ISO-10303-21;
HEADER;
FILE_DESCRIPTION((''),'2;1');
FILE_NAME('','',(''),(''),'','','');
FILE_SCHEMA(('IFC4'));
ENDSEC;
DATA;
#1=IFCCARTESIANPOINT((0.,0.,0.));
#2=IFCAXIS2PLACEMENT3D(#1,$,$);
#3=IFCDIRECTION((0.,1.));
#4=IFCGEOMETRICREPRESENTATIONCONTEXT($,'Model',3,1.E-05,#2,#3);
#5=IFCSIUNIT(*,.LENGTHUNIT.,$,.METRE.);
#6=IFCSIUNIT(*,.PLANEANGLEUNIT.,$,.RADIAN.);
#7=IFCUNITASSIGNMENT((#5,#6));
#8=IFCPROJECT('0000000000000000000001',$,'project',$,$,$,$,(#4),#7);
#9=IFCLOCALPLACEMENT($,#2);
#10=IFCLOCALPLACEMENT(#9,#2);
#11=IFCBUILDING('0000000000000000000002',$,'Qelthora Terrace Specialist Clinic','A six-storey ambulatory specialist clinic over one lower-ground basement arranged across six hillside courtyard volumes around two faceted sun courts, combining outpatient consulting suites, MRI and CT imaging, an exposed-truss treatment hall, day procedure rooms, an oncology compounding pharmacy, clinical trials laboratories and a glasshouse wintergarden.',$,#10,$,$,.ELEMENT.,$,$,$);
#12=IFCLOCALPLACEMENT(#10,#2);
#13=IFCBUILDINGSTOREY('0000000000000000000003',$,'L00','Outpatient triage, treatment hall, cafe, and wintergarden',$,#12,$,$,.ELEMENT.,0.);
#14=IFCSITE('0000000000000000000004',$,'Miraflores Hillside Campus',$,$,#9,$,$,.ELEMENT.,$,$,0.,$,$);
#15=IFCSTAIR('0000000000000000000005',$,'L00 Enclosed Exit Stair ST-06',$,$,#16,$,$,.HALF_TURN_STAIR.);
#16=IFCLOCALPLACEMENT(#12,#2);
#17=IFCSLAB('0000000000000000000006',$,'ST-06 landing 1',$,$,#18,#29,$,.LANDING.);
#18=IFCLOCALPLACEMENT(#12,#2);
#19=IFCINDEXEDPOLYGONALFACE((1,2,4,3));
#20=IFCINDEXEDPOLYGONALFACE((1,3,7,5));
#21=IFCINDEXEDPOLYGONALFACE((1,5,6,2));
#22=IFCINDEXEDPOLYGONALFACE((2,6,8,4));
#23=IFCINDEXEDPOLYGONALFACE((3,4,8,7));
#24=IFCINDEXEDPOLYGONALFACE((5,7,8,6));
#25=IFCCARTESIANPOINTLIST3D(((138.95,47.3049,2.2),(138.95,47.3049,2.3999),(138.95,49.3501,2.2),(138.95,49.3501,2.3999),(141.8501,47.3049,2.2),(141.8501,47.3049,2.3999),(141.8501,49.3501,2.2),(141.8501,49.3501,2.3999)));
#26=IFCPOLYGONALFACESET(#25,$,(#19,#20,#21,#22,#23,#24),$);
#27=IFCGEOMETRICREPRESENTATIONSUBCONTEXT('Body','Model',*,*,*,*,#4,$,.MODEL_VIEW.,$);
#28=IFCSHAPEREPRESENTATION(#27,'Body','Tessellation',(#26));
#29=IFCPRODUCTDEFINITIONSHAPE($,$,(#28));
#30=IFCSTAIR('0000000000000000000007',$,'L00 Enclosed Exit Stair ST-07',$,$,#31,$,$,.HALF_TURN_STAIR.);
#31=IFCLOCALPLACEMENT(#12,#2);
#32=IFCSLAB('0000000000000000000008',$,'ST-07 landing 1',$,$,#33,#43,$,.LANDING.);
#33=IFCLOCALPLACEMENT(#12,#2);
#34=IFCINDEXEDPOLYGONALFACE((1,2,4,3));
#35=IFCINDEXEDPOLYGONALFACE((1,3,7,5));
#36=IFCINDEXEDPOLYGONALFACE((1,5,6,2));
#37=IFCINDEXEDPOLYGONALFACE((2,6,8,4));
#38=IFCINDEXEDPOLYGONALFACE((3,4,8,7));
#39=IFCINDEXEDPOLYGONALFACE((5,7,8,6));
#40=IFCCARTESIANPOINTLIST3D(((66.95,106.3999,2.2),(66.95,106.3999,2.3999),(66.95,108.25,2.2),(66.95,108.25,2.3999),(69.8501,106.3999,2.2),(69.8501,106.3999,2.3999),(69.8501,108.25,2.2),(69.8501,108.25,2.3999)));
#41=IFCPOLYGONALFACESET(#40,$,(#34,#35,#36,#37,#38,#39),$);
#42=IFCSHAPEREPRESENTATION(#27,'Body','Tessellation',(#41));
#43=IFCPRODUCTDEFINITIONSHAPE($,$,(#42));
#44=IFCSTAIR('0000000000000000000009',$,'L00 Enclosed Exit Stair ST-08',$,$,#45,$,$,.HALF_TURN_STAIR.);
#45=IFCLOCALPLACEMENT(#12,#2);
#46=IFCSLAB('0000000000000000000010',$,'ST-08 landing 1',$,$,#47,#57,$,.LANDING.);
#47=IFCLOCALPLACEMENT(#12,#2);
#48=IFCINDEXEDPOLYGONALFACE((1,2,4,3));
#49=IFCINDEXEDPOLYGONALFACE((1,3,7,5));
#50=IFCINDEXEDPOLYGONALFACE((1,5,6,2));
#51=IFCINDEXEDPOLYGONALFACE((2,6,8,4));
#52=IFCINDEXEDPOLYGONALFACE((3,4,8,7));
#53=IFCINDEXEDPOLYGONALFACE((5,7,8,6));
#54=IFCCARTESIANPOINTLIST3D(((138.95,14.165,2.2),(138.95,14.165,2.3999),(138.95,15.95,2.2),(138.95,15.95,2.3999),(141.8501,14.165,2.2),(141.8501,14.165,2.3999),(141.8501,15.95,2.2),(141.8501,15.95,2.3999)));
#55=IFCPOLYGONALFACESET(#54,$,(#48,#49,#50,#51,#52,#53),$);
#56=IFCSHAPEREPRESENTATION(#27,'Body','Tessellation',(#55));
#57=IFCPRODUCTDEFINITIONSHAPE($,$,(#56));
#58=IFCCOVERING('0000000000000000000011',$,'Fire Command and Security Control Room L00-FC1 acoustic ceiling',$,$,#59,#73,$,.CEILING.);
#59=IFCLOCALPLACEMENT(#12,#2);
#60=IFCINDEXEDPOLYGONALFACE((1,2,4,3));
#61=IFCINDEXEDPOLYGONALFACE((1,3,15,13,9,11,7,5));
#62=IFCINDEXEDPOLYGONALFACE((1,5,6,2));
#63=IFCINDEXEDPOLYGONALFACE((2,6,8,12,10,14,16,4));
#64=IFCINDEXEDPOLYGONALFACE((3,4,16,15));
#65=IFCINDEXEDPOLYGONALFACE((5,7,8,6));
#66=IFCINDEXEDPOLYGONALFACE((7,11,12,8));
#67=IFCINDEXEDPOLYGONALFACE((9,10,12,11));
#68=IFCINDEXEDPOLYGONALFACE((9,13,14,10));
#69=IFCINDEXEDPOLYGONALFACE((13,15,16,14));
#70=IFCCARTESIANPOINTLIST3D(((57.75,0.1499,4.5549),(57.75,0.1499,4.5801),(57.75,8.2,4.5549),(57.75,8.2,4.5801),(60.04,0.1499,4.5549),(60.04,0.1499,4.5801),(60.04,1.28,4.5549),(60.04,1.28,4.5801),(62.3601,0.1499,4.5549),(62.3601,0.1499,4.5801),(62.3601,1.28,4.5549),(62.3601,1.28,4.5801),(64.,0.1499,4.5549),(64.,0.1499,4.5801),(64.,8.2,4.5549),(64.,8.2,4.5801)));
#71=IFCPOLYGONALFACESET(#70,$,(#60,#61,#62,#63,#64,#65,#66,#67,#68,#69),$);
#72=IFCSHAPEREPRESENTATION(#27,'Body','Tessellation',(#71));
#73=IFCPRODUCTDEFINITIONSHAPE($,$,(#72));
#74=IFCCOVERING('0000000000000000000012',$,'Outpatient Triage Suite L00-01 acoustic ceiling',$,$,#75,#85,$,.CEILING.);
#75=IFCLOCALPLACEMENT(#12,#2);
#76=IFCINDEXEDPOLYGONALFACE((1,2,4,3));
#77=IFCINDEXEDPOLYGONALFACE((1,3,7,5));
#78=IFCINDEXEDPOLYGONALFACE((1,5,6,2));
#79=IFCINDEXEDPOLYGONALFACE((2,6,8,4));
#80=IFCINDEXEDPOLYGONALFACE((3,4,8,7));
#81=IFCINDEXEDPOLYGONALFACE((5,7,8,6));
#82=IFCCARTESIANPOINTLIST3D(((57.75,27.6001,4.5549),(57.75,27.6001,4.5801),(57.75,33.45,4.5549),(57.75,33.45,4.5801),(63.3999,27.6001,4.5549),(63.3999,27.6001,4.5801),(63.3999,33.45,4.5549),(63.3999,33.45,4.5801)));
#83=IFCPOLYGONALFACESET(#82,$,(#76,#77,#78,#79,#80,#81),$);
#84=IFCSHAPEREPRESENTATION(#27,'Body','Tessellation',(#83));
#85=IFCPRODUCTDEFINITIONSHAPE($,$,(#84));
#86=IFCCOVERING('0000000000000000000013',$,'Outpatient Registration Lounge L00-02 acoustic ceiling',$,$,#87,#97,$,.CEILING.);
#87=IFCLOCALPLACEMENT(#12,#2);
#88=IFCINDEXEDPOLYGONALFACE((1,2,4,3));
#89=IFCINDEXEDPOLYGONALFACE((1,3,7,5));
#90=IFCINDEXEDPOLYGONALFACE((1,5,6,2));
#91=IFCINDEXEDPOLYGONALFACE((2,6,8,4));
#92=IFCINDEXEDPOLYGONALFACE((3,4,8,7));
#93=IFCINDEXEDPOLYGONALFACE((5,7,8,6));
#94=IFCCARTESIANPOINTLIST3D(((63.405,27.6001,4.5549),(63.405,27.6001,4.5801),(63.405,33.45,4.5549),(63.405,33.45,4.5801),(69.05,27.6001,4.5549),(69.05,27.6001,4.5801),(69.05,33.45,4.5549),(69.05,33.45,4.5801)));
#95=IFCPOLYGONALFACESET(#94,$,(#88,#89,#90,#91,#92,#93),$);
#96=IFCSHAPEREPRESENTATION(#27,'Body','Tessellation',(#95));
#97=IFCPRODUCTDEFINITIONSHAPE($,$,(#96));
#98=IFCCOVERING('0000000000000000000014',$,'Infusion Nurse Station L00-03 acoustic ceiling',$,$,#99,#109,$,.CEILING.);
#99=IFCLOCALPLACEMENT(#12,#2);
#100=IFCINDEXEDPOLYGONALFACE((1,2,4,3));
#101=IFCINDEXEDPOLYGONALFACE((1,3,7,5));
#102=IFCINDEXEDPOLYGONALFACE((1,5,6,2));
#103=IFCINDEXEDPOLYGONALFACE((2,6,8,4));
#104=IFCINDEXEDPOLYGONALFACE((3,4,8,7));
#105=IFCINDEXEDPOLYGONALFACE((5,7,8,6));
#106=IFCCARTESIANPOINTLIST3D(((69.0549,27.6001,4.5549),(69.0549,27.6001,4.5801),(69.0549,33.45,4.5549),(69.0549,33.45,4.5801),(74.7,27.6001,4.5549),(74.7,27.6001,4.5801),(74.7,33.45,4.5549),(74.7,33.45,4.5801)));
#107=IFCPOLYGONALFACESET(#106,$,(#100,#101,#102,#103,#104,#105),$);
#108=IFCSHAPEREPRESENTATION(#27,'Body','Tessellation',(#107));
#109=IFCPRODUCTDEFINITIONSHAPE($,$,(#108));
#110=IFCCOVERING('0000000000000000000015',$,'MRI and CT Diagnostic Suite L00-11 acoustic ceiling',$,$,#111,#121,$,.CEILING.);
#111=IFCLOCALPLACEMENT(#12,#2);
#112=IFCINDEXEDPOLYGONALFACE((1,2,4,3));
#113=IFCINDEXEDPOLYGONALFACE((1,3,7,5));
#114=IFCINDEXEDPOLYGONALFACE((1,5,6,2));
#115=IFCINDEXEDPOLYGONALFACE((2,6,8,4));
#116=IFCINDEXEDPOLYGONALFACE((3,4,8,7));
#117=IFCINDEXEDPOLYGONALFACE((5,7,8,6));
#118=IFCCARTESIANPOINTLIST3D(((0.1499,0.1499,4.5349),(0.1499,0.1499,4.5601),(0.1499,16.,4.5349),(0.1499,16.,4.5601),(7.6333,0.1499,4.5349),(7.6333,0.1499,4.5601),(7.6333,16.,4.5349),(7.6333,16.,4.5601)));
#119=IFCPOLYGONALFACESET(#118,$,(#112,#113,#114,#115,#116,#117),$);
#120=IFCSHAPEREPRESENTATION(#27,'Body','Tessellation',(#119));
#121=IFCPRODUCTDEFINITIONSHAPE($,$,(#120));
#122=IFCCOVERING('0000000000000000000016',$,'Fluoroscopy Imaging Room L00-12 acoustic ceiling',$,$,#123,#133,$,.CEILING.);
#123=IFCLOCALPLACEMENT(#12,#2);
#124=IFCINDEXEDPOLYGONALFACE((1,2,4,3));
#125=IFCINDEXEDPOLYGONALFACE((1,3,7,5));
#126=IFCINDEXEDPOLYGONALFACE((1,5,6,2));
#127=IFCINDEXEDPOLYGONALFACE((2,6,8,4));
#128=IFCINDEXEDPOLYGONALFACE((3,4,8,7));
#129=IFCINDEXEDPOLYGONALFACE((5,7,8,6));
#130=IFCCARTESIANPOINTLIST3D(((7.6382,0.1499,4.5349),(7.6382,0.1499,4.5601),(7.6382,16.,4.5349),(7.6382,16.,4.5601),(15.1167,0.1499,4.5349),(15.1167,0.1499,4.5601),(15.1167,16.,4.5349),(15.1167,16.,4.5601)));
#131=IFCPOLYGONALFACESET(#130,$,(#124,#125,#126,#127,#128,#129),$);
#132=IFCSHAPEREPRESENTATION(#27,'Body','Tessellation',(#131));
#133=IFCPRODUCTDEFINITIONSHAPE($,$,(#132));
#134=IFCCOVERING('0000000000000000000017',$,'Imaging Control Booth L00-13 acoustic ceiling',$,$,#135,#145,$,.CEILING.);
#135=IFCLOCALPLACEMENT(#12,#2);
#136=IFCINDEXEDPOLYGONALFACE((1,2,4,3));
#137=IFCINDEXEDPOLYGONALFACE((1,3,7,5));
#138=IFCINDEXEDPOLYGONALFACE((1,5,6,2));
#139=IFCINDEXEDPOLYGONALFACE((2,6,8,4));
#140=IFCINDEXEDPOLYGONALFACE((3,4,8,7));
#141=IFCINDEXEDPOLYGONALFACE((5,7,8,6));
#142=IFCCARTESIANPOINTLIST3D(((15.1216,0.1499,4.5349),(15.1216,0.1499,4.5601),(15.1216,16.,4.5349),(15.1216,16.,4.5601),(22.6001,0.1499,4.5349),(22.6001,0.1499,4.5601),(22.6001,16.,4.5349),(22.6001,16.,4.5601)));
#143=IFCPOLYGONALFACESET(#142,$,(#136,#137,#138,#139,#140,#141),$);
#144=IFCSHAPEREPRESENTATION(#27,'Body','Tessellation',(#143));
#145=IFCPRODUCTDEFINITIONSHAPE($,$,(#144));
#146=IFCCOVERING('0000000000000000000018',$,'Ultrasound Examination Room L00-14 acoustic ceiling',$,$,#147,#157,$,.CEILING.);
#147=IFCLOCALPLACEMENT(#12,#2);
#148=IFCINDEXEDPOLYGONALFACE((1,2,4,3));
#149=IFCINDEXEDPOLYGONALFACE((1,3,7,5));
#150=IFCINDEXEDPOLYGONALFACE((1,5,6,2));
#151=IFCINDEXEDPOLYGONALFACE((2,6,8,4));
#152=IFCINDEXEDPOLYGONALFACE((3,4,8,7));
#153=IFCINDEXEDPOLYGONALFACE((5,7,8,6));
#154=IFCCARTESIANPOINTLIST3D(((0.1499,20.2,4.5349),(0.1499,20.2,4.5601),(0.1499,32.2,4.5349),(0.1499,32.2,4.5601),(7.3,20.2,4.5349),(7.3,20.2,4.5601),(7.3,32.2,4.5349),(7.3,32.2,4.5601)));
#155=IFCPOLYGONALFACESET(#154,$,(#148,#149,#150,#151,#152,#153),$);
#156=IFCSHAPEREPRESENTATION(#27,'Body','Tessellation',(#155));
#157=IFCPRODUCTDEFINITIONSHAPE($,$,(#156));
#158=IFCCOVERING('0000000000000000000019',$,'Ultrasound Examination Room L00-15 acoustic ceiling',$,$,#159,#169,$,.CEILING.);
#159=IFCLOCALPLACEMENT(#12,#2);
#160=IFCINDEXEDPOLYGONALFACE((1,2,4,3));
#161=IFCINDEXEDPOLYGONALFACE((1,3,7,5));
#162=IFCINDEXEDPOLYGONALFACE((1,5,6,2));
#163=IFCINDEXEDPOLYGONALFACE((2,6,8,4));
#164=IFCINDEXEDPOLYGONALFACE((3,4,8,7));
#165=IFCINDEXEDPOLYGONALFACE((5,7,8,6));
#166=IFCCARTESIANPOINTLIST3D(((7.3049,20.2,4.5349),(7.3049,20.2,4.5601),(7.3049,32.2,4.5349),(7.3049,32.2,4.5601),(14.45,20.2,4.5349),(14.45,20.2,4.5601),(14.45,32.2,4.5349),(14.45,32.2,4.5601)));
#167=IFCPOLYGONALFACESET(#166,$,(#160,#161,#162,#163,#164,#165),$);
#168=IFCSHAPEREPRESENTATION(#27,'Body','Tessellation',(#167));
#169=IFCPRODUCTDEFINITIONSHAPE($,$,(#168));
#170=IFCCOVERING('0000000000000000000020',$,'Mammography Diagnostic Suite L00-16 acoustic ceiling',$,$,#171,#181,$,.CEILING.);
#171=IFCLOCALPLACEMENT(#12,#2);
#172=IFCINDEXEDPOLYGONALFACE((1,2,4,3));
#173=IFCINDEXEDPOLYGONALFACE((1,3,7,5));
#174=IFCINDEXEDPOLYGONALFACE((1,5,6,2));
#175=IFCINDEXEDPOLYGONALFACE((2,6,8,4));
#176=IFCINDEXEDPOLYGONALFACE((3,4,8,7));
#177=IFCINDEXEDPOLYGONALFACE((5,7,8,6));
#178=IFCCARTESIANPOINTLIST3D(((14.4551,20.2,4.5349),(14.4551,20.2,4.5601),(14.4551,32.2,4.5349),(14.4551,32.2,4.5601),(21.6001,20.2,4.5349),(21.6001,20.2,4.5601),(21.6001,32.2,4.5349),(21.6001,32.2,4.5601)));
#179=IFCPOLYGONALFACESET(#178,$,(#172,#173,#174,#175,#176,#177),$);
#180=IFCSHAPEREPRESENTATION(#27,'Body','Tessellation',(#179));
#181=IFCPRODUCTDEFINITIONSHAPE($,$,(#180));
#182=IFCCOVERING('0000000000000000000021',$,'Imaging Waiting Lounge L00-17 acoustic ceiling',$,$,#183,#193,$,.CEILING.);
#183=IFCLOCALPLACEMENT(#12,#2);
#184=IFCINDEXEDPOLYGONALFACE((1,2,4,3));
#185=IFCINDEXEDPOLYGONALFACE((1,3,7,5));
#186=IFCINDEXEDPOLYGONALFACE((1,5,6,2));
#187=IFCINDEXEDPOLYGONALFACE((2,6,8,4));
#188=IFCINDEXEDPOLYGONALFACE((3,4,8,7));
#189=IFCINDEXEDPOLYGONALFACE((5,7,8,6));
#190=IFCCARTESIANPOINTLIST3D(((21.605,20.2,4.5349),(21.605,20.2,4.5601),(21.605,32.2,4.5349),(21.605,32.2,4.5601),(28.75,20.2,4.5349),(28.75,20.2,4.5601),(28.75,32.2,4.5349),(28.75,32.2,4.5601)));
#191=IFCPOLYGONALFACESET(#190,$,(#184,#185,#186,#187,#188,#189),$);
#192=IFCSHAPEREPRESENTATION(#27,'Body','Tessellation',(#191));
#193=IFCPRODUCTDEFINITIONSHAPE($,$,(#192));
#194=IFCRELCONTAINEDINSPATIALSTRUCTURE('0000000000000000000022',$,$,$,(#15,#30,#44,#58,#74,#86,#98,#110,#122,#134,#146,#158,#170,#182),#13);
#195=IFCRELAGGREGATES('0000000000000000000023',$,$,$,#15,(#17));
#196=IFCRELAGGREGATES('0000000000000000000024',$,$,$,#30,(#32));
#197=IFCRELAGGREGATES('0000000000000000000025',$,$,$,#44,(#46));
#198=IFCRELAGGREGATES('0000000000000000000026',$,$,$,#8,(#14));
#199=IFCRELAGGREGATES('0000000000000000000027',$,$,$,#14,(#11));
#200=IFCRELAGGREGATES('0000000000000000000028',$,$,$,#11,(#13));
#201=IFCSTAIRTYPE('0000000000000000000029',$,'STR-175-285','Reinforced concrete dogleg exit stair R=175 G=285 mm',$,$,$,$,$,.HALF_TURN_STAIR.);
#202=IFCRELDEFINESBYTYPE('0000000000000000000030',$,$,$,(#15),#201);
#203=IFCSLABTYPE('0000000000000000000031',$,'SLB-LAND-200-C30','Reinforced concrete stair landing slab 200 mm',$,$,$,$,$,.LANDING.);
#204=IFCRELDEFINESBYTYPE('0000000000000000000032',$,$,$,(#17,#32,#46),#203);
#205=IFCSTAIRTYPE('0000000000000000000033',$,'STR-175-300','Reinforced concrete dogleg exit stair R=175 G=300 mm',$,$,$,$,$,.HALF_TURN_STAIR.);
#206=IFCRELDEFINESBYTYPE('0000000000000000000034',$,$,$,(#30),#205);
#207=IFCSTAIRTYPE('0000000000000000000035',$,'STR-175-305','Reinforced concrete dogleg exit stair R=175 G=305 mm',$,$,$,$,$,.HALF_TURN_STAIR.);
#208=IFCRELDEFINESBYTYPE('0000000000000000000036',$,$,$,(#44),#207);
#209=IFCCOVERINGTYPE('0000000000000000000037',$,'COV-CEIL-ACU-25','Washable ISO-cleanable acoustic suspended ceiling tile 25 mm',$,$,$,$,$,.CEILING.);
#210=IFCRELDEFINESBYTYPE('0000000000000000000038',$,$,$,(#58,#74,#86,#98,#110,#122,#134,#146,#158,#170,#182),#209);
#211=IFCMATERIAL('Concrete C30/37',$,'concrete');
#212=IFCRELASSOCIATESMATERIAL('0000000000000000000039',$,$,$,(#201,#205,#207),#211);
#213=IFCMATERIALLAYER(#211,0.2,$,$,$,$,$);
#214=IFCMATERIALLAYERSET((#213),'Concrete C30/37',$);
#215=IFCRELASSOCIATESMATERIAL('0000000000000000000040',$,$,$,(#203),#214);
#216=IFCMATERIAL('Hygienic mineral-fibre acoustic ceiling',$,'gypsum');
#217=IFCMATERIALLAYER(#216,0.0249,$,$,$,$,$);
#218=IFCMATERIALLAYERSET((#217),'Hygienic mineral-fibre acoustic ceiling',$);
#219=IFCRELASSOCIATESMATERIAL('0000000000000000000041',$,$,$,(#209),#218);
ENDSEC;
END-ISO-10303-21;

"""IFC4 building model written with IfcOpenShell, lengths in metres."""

from ifc_helpers import new_model, si_unit, direction, frame, origin, place, context, subcontext, project, spatial, polyline, outline, extrude, material, layer, layer_set, type_object, element, aggregate, save


model = new_model("IFC4")

# Units and contexts
model_context = context("Model", 3, precision=1e-05, world=origin(), true_north=direction((0.0, 1.0)))
body_context = subcontext(model_context, "Body", "Model", "MODEL_VIEW")
ifc_project = project(units=[si_unit("LENGTHUNIT", "METRE"), si_unit("PLANEANGLEUNIT", "RADIAN")], contexts=[model_context])

# Site, building, storey
site_placement = place(None, origin())
site = spatial("IfcSite", under=ifc_project, at=site_placement, Name="Miraflores Hillside Campus", CompositionType="ELEMENT", RefElevation=0.0)
building_placement = place(site_placement, origin())
building = spatial("IfcBuilding", under=site, at=building_placement, Name="Qelthora Terrace Specialist Clinic", Description="A six-storey ambulatory specialist clinic over one lower-ground basement arranged across six hillside courtyard volumes around two faceted sun courts, combining outpatient consulting suites, MRI and CT imaging, an exposed-truss treatment hall, day procedure rooms, an oncology compounding pharmacy, clinical trials laboratories and a glasshouse wintergarden.", CompositionType="ELEMENT")
storey_placement = place(building_placement, origin())
storey = spatial("IfcBuildingStorey", under=building, at=storey_placement, Name="L00", Description="Outpatient triage, treatment hall, cafe, and wintergarden", CompositionType="ELEMENT", Elevation=0.0)

# Stairs, slabs
ifc_material_1 = material(Name="Concrete C30/37", Category="concrete")
stair_type_1 = type_object("IfcStairType", Name="STR-175-285", Description="Reinforced concrete dogleg exit stair R=175 G=285 mm", PredefinedType="HALF_TURN_STAIR", material=ifc_material_1)
stair_1_placement = place(storey_placement, origin())
stair_1 = element("IfcStair", 1, at=stair_1_placement, inside=storey, type_object=stair_type_1, Name="L00 Enclosed Exit Stair ST-06", PredefinedType="HALF_TURN_STAIR")
ifc_layer_1 = layer(ifc_material_1, 0.2)
ifc_layer_set_1 = layer_set([ifc_layer_1], Name="Concrete C30/37")
slab_type = type_object("IfcSlabType", Name="SLB-LAND-200-C30", Description="Reinforced concrete stair landing slab 200 mm", PredefinedType="LANDING", material=ifc_layer_set_1)
slab_1_placement = place(storey_placement, frame((0.0, 0.0, 2.2)))
slab_1 = element("IfcSlab", 2, at=slab_1_placement, type_object=slab_type, Name="ST-06 landing 1", PredefinedType="LANDING", context=body_context, shape_type="SweptSolid", body=[
    extrude(outline(polyline([(141.8501, 47.3049), (141.8501, 49.3501), (138.95, 49.3501), (138.95, 47.3049), (141.8501, 47.3049)])), origin(), (0.0, 0.0, 1.0), 0.2),
])
aggregate(stair_1, [slab_1])
stair_type_2 = type_object("IfcStairType", Name="STR-175-300", Description="Reinforced concrete dogleg exit stair R=175 G=300 mm", PredefinedType="HALF_TURN_STAIR", material=ifc_material_1)
stair_2_placement = place(storey_placement, origin())
stair_2 = element("IfcStair", 3, at=stair_2_placement, inside=storey, type_object=stair_type_2, Name="L00 Enclosed Exit Stair ST-07", PredefinedType="HALF_TURN_STAIR")
slab_2_placement = place(storey_placement, frame((0.0, 0.0, 2.2)))
slab_2 = element("IfcSlab", 4, at=slab_2_placement, type_object=slab_type, Name="ST-07 landing 1", PredefinedType="LANDING", context=body_context, shape_type="SweptSolid", body=[
    extrude(outline(polyline([(69.8501, 106.3999), (69.8501, 108.25), (66.95, 108.25), (66.95, 106.3999), (69.8501, 106.3999)])), origin(), (0.0, 0.0, 1.0), 0.2),
])
aggregate(stair_2, [slab_2])
stair_type_3 = type_object("IfcStairType", Name="STR-175-305", Description="Reinforced concrete dogleg exit stair R=175 G=305 mm", PredefinedType="HALF_TURN_STAIR", material=ifc_material_1)
stair_3_placement = place(storey_placement, origin())
stair_3 = element("IfcStair", 5, at=stair_3_placement, inside=storey, type_object=stair_type_3, Name="L00 Enclosed Exit Stair ST-08", PredefinedType="HALF_TURN_STAIR")
slab_3_placement = place(storey_placement, frame((0.0, 0.0, 2.2)))
slab_3 = element("IfcSlab", 6, at=slab_3_placement, type_object=slab_type, Name="ST-08 landing 1", PredefinedType="LANDING", context=body_context, shape_type="SweptSolid", body=[
    extrude(outline(polyline([(141.8501, 14.165), (141.8501, 15.95), (138.95, 15.95), (138.95, 14.165), (141.8501, 14.165)])), origin(), (0.0, 0.0, 1.0), 0.2),
])
aggregate(stair_3, [slab_3])

# Coverings
ifc_material_2 = material(Name="Hygienic mineral-fibre acoustic ceiling", Category="gypsum")
ifc_layer_2 = layer(ifc_material_2, 0.0249)
ifc_layer_set_2 = layer_set([ifc_layer_2], Name="Hygienic mineral-fibre acoustic ceiling")
covering_type = type_object("IfcCoveringType", Name="COV-CEIL-ACU-25", Description="Washable ISO-cleanable acoustic suspended ceiling tile 25 mm", PredefinedType="CEILING", material=ifc_layer_set_2)
covering_1_placement = place(storey_placement, frame((0.0, 0.0, 4.5549)))
element("IfcCovering", 7, at=covering_1_placement, inside=storey, type_object=covering_type, Name="Fire Command and Security Control Room L00-FC1 acoustic ceiling", PredefinedType="CEILING", context=body_context, shape_type="SweptSolid", body=[
    extrude(outline(polyline([(64.0, 0.1499), (62.3601, 0.1499), (62.3601, 1.28), (60.04, 1.28), (60.04, 0.1499), (57.75, 0.1499), (57.75, 8.2), (64.0, 8.2), (64.0, 0.1499)])), origin(), (0.0, 0.0, 1.0), 0.0251),
])
covering_2_placement = place(storey_placement, frame((0.0, 0.0, 4.5549)))
element("IfcCovering", 8, at=covering_2_placement, inside=storey, type_object=covering_type, Name="Outpatient Triage Suite L00-01 acoustic ceiling", PredefinedType="CEILING", context=body_context, shape_type="SweptSolid", body=[
    extrude(outline(polyline([(57.75, 27.6001), (57.75, 33.45), (63.3999, 33.45), (63.3999, 27.6001), (57.75, 27.6001)])), origin(), (0.0, 0.0, 1.0), 0.0251),
])
covering_3_placement = place(storey_placement, frame((0.0, 0.0, 4.5549)))
element("IfcCovering", 9, at=covering_3_placement, inside=storey, type_object=covering_type, Name="Outpatient Registration Lounge L00-02 acoustic ceiling", PredefinedType="CEILING", context=body_context, shape_type="SweptSolid", body=[
    extrude(outline(polyline([(63.405, 27.6001), (63.405, 33.45), (69.05, 33.45), (69.05, 27.6001), (63.405, 27.6001)])), origin(), (0.0, 0.0, 1.0), 0.0251),
])
covering_4_placement = place(storey_placement, frame((0.0, 0.0, 4.5549)))
element("IfcCovering", 10, at=covering_4_placement, inside=storey, type_object=covering_type, Name="Infusion Nurse Station L00-03 acoustic ceiling", PredefinedType="CEILING", context=body_context, shape_type="SweptSolid", body=[
    extrude(outline(polyline([(69.0549, 27.6001), (69.0549, 33.45), (74.7, 33.45), (74.7, 27.6001), (69.0549, 27.6001)])), origin(), (0.0, 0.0, 1.0), 0.0251),
])
covering_5_placement = place(storey_placement, frame((0.0, 0.0, 4.5349)))
element("IfcCovering", 11, at=covering_5_placement, inside=storey, type_object=covering_type, Name="MRI and CT Diagnostic Suite L00-11 acoustic ceiling", PredefinedType="CEILING", context=body_context, shape_type="SweptSolid", body=[
    extrude(outline(polyline([(0.1499, 0.1499), (0.1499, 16.0), (7.6333, 16.0), (7.6333, 0.1499), (0.1499, 0.1499)])), origin(), (0.0, 0.0, 1.0), 0.0251),
])
covering_6_placement = place(storey_placement, frame((0.0, 0.0, 4.5349)))
element("IfcCovering", 12, at=covering_6_placement, inside=storey, type_object=covering_type, Name="Fluoroscopy Imaging Room L00-12 acoustic ceiling", PredefinedType="CEILING", context=body_context, shape_type="SweptSolid", body=[
    extrude(outline(polyline([(7.6382, 0.1499), (7.6382, 16.0), (15.1167, 16.0), (15.1167, 0.1499), (7.6382, 0.1499)])), origin(), (0.0, 0.0, 1.0), 0.0251),
])
covering_7_placement = place(storey_placement, frame((0.0, 0.0, 4.5349)))
element("IfcCovering", 13, at=covering_7_placement, inside=storey, type_object=covering_type, Name="Imaging Control Booth L00-13 acoustic ceiling", PredefinedType="CEILING", context=body_context, shape_type="SweptSolid", body=[
    extrude(outline(polyline([(15.1216, 0.1499), (15.1216, 16.0), (22.6001, 16.0), (22.6001, 0.1499), (15.1216, 0.1499)])), origin(), (0.0, 0.0, 1.0), 0.0251),
])
covering_8_placement = place(storey_placement, frame((0.0, 0.0, 4.5349)))
element("IfcCovering", 14, at=covering_8_placement, inside=storey, type_object=covering_type, Name="Ultrasound Examination Room L00-14 acoustic ceiling", PredefinedType="CEILING", context=body_context, shape_type="SweptSolid", body=[
    extrude(outline(polyline([(0.1499, 20.2), (0.1499, 32.2), (7.3, 32.2), (7.3, 20.2), (0.1499, 20.2)])), origin(), (0.0, 0.0, 1.0), 0.0251),
])
covering_9_placement = place(storey_placement, frame((0.0, 0.0, 4.5349)))
element("IfcCovering", 15, at=covering_9_placement, inside=storey, type_object=covering_type, Name="Ultrasound Examination Room L00-15 acoustic ceiling", PredefinedType="CEILING", context=body_context, shape_type="SweptSolid", body=[
    extrude(outline(polyline([(7.3049, 20.2), (7.3049, 32.2), (14.45, 32.2), (14.45, 20.2), (7.3049, 20.2)])), origin(), (0.0, 0.0, 1.0), 0.0251),
])
covering_10_placement = place(storey_placement, frame((0.0, 0.0, 4.5349)))
element("IfcCovering", 16, at=covering_10_placement, inside=storey, type_object=covering_type, Name="Mammography Diagnostic Suite L00-16 acoustic ceiling", PredefinedType="CEILING", context=body_context, shape_type="SweptSolid", body=[
    extrude(outline(polyline([(14.4551, 20.2), (14.4551, 32.2), (21.6001, 32.2), (21.6001, 20.2), (14.4551, 20.2)])), origin(), (0.0, 0.0, 1.0), 0.0251),
])
covering_11_placement = place(storey_placement, frame((0.0, 0.0, 4.5349)))
element("IfcCovering", 17, at=covering_11_placement, inside=storey, type_object=covering_type, Name="Imaging Waiting Lounge L00-17 acoustic ceiling", PredefinedType="CEILING", context=body_context, shape_type="SweptSolid", body=[
    extrude(outline(polyline([(21.605, 20.2), (21.605, 32.2), (28.75, 32.2), (28.75, 20.2), (21.605, 20.2)])), origin(), (0.0, 0.0, 1.0), 0.0251),
])

save(model, "model.ifc")
